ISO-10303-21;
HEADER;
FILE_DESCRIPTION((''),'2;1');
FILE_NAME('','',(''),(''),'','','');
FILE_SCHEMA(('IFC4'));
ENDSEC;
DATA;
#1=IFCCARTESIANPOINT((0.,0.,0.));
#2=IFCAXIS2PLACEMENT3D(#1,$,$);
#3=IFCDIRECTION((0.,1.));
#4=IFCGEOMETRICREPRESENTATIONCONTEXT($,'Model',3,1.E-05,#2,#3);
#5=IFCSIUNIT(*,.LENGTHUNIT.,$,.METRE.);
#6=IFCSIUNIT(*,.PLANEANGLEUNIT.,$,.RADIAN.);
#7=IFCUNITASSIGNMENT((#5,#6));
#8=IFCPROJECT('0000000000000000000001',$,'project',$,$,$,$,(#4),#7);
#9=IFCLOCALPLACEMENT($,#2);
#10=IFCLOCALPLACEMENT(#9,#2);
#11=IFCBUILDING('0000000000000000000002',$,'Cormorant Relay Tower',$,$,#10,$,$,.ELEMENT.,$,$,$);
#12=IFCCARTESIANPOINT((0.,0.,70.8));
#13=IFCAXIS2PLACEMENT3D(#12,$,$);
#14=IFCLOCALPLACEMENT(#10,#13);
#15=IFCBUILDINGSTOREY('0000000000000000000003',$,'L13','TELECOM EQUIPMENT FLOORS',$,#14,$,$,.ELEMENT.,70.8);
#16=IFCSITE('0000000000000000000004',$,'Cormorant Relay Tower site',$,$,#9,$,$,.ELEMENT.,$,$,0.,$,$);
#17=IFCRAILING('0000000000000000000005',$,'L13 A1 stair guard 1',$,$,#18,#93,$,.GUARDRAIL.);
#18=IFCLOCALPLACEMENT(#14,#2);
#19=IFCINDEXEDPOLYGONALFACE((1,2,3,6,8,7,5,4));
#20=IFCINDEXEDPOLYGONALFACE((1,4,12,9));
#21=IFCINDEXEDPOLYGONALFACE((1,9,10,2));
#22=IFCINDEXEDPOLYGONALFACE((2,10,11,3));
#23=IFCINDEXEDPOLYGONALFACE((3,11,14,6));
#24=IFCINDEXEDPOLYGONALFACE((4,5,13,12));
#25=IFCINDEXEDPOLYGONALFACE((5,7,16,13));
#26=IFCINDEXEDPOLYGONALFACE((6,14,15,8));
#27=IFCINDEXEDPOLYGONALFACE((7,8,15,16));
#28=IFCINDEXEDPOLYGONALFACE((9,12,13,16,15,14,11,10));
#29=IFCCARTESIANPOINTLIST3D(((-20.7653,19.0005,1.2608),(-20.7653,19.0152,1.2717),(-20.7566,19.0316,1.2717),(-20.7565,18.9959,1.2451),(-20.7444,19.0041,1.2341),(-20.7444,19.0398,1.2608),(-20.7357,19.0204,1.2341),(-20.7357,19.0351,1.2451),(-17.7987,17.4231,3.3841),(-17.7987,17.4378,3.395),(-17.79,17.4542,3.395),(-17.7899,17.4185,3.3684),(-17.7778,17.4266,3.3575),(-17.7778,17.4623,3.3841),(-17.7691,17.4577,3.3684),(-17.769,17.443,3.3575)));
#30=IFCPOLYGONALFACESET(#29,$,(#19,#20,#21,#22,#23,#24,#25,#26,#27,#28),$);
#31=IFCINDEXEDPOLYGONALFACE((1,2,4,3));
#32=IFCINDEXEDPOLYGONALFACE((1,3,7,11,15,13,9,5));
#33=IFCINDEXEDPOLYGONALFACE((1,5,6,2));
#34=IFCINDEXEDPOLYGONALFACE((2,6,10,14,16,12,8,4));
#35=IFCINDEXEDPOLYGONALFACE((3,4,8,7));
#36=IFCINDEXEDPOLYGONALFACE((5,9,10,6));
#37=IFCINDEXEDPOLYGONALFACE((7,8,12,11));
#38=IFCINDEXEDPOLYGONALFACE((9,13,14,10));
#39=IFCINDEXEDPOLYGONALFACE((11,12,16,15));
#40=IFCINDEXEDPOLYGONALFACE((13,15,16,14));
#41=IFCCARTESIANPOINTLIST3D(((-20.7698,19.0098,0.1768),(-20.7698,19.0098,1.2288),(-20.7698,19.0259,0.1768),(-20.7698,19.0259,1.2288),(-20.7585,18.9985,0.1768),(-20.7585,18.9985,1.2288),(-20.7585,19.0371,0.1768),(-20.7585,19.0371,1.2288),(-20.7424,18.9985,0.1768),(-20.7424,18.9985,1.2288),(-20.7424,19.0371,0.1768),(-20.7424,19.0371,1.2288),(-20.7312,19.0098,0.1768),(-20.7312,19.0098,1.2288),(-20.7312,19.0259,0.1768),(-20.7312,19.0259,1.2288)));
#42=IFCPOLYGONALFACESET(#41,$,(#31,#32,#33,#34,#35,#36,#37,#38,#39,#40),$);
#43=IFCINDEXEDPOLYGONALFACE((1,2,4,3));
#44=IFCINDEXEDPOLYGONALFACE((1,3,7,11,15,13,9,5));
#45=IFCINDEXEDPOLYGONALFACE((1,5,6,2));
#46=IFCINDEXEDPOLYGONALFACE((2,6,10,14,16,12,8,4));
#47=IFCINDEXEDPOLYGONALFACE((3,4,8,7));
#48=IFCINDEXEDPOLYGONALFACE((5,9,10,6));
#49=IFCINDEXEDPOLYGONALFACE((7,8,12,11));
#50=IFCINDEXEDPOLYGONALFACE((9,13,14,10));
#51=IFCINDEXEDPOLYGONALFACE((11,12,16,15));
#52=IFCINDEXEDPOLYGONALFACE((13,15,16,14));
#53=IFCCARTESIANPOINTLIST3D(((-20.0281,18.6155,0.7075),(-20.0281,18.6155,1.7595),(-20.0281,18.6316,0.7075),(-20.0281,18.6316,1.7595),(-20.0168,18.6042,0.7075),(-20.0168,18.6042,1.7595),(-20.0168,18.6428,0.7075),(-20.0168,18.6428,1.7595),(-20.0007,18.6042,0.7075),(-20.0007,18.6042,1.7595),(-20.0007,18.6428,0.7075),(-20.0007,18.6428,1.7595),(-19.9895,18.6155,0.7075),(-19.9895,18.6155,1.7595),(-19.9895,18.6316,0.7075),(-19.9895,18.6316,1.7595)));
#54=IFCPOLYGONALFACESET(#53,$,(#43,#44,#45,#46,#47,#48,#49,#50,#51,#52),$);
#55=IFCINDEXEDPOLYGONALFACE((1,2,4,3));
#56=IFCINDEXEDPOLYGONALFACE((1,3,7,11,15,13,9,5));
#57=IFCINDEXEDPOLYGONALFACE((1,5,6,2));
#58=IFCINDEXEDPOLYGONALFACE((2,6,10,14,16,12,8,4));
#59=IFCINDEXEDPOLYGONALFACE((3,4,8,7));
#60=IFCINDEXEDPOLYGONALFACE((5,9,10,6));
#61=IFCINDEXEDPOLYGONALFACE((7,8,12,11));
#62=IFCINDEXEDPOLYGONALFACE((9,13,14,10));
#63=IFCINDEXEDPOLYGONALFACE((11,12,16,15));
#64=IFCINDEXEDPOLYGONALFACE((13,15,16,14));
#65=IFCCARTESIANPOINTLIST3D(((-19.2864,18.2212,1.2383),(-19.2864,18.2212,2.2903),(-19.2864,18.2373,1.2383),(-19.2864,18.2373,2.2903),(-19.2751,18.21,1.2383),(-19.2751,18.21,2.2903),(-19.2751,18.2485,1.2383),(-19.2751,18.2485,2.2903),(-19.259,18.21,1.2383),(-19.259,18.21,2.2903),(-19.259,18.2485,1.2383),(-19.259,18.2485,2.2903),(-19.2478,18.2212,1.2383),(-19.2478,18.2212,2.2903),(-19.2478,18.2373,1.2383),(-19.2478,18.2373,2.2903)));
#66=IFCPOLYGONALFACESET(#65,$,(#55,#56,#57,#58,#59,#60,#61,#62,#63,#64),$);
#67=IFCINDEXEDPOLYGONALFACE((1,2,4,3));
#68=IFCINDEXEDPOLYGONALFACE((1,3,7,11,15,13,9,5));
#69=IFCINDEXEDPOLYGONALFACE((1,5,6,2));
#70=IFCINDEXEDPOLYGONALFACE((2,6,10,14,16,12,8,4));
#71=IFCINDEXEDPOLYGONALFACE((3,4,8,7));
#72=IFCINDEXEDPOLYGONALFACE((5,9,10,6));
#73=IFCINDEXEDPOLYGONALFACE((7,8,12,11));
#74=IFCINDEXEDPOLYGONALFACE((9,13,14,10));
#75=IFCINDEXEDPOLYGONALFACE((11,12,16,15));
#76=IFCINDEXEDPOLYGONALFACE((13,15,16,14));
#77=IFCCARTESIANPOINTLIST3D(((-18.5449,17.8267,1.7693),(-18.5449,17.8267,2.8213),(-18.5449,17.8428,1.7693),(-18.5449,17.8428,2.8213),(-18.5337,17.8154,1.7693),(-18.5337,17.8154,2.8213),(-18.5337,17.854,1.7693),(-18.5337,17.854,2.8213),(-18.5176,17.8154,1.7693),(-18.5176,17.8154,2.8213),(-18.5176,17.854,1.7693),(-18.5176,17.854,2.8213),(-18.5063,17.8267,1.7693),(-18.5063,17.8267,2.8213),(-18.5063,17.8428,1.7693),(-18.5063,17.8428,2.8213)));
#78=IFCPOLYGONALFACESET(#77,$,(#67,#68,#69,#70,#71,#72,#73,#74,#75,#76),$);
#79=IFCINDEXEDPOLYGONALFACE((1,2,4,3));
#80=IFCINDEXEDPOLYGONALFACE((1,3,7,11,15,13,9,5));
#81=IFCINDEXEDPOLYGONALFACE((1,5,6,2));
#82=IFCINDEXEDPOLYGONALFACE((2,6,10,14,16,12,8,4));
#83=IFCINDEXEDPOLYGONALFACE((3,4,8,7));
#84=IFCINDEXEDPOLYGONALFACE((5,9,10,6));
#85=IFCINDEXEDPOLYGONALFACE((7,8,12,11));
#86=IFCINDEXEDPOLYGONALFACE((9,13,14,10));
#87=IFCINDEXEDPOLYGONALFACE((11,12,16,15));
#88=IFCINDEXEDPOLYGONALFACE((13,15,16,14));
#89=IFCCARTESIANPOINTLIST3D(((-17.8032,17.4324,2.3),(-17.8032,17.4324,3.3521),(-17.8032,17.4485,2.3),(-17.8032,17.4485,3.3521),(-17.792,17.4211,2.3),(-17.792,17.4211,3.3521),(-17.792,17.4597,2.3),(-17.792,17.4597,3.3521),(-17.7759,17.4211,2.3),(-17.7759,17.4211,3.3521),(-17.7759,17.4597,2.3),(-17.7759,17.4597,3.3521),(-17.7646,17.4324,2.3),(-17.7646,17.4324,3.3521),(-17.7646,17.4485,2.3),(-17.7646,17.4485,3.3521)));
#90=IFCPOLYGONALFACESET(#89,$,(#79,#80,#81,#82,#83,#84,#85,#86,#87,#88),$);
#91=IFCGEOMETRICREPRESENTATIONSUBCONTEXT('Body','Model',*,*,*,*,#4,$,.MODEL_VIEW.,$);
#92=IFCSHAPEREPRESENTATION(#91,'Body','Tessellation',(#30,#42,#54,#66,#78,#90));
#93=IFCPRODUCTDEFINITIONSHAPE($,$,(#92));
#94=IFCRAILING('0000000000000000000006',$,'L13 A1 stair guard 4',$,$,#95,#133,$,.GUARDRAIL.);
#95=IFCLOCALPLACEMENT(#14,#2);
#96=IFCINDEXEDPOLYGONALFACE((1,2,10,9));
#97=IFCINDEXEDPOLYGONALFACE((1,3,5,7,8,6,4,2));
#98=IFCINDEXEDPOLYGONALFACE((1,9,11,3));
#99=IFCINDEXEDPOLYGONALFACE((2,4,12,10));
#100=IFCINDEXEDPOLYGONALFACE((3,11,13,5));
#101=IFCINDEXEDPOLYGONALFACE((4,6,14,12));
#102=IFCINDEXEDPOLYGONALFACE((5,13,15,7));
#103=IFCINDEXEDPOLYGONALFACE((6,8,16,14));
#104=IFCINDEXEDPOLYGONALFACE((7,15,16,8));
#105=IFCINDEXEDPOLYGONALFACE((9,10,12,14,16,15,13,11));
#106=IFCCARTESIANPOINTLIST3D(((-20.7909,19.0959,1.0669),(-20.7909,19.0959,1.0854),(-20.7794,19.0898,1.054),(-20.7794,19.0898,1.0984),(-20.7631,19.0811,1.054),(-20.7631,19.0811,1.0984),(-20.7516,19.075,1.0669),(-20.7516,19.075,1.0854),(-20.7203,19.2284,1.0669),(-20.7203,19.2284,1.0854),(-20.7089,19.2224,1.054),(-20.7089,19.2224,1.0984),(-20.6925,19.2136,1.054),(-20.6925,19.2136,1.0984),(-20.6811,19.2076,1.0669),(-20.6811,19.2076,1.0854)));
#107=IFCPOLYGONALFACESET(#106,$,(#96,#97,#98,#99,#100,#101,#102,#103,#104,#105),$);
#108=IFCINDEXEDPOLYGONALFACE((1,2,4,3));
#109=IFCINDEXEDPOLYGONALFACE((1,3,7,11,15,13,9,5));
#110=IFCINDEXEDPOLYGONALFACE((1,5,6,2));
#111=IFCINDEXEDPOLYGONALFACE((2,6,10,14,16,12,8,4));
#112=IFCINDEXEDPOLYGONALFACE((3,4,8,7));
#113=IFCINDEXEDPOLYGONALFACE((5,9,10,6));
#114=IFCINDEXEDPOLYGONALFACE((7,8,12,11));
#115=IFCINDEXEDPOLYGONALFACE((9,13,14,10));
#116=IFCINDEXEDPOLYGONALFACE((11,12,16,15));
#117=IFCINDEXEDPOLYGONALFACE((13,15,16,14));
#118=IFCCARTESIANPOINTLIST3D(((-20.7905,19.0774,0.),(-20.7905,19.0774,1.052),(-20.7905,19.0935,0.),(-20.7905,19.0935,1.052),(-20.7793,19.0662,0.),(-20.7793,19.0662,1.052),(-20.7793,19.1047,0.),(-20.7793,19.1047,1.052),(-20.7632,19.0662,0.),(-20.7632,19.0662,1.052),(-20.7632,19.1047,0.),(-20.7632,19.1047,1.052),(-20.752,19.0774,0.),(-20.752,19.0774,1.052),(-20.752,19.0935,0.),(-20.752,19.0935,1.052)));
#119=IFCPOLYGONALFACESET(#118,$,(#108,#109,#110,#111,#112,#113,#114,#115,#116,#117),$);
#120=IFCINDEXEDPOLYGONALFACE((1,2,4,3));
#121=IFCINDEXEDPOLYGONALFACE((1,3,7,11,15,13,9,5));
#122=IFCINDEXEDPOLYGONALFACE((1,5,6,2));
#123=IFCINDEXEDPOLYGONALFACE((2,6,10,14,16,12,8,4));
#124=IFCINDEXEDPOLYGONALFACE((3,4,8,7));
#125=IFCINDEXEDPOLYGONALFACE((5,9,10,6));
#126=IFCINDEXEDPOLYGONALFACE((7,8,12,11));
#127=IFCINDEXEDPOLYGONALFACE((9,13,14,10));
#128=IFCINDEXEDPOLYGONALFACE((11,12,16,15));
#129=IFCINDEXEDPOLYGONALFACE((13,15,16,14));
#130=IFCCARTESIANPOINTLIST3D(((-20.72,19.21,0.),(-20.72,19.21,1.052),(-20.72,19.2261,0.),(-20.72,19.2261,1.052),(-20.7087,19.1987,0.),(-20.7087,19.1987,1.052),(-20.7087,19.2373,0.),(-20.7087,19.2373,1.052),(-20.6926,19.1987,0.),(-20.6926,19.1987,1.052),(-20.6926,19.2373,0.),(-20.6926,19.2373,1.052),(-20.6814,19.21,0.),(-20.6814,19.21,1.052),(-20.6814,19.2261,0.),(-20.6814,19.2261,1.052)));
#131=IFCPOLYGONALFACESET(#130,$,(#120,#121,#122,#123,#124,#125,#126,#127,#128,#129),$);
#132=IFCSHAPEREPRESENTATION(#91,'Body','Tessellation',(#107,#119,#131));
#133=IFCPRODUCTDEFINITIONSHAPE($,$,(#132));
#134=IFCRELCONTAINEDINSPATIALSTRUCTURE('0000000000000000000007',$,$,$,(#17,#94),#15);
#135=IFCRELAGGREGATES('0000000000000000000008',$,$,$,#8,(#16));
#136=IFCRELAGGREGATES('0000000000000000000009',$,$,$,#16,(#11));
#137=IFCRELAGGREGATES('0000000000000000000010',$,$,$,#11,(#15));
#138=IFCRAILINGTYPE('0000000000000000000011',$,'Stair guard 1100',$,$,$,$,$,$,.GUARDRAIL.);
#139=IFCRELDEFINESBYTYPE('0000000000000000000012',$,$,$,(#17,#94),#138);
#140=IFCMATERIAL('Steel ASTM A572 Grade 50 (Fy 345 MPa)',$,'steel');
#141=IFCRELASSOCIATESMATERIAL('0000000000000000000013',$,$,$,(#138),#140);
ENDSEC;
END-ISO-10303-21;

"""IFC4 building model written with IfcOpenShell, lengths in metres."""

from ifc_helpers import new_model, si_unit, direction, frame, origin, place, context, subcontext, project, spatial, polyline, outline, extrude, material, type_object, element, save


model = new_model("IFC4")

# Units and contexts
model_context = context("Model", 3, precision=1e-05, world=origin(), true_north=direction((0.0, 1.0)))
body_context = subcontext(model_context, "Body", "Model", "MODEL_VIEW")
ifc_project = project(units=[si_unit("LENGTHUNIT", "METRE"), si_unit("PLANEANGLEUNIT", "RADIAN")], contexts=[model_context])

# Site, building, storey
site_placement = place(None, origin())
site = spatial("IfcSite", under=ifc_project, at=site_placement, Name="Cormorant Relay Tower site", CompositionType="ELEMENT", RefElevation=0.0)
building_placement = place(site_placement, origin())
building = spatial("IfcBuilding", under=site, at=building_placement, Name="Cormorant Relay Tower", CompositionType="ELEMENT")
storey_placement = place(building_placement, frame((0.0, 0.0, 70.8)))
storey = spatial("IfcBuildingStorey", under=building, at=storey_placement, Name="L13", Description="TELECOM EQUIPMENT FLOORS", CompositionType="ELEMENT", Elevation=70.8)

# Railings
ifc_material_1 = material(Name="Steel ASTM A572 Grade 50 (Fy 345 MPa)", Category="steel")
railing_type_1 = type_object("IfcRailingType", Name="Stair guard 1100", PredefinedType="GUARDRAIL", material=ifc_material_1)
railing_1_placement = place(storey_placement, frame((-20.7505, 19.0178, 0.1768)))
element("IfcRailing", 1, at=railing_1_placement, inside=storey, type_object=railing_type_1, Name="L13 A1 stair guard 1", PredefinedType="GUARDRAIL", context=body_context, shape_type="SweptSolid", body=[
    extrude(outline(polyline([(0.0222, 0.0093), (0.0093, 0.0222), (-0.0093, 0.0222), (-0.0222, 0.0093), (-0.0222, -0.0093), (-0.0093, -0.0222), (0.0093, -0.0222), (0.0222, -0.0093), (0.0222, 0.0093)])), frame((0.0, 0.0, 1.0762), z_axis=(0.746389, -0.396874, 0.534223), x_axis=(0.469483, 0.882942, 0.0)), (0.0, 0.0, 1.0), 3.9746),
    extrude(outline(polyline([(0.0193, 0.0081), (0.0081, 0.0193), (-0.0081, 0.0193), (-0.0193, 0.0081), (-0.0193, -0.0081), (-0.0081, -0.0193), (0.0081, -0.0193), (0.0193, -0.0081), (0.0193, 0.0081)])), origin(), (0.0, 0.0, 1.0), 1.052),
    extrude(outline(polyline([(0.0193, 0.0081), (0.0081, 0.0193), (-0.0081, 0.0193), (-0.0193, 0.0081), (-0.0193, -0.0081), (-0.0081, -0.0193), (0.0081, -0.0193), (0.0193, -0.0081), (0.0193, 0.0081)])), frame((0.7417, -0.3943, 0.5308)), (0.0, 0.0, 1.0), 1.052),
    extrude(outline(polyline([(0.0193, 0.0081), (0.0081, 0.0193), (-0.0081, 0.0193), (-0.0193, 0.0081), (-0.0193, -0.0081), (-0.0081, -0.0193), (0.0081, -0.0193), (0.0193, -0.0081), (0.0193, 0.0081)])), frame((1.4834, -0.7886, 1.0615)), (0.0, 0.0, 1.0), 1.052),
    extrude(outline(polyline([(0.0193, 0.0081), (0.0081, 0.0193), (-0.0081, 0.0193), (-0.0193, 0.0081), (-0.0193, -0.0081), (-0.0081, -0.0193), (0.0081, -0.0193), (0.0193, -0.0081), (0.0193, 0.0081)])), frame((2.2249, -1.1831, 1.5925)), (0.0, 0.0, 1.0), 1.052),
    extrude(outline(polyline([(0.0193, 0.0081), (0.0081, 0.0193), (-0.0081, 0.0193), (-0.0193, 0.0081), (-0.0193, -0.0081), (-0.0081, -0.0193), (0.0081, -0.0193), (0.0193, -0.0081), (0.0193, 0.0081)])), frame((2.9666, -1.5774, 2.1233)), (0.0, 0.0, 1.0), 1.052),
])
railing_2_placement = place(storey_placement, frame((-20.7712, 19.0854, 0.0)))
element("IfcRailing", 2, at=railing_2_placement, inside=storey, type_object=railing_type_1, Name="L13 A1 stair guard 4", PredefinedType="GUARDRAIL", context=body_context, shape_type="SweptSolid", body=[
    extrude(outline(polyline([(0.0222, 0.0093), (0.0093, 0.0222), (-0.0093, 0.0222), (-0.0222, 0.0093), (-0.0222, -0.0093), (-0.0093, -0.0222), (0.0093, -0.0222), (0.0222, -0.0093), (0.0222, 0.0093)])), frame((0.0, 0.0, 1.0762), z_axis=(0.469829, 0.882758, 0.0), x_axis=(-0.882758, 0.469829, 0.0)), (0.0, 0.0, 1.0), 0.1501),
    extrude(outline(polyline([(0.0193, 0.0081), (0.0081, 0.0193), (-0.0081, 0.0193), (-0.0193, 0.0081), (-0.0193, -0.0081), (-0.0081, -0.0193), (0.0081, -0.0193), (0.0193, -0.0081), (0.0193, 0.0081)])), origin(), (0.0, 0.0, 1.0), 1.052),
    extrude(outline(polyline([(0.0193, 0.0081), (0.0081, 0.0193), (-0.0081, 0.0193), (-0.0193, 0.0081), (-0.0193, -0.0081), (-0.0081, -0.0193), (0.0081, -0.0193), (0.0193, -0.0081), (0.0193, 0.0081)])), frame((0.0706, 0.1326, 0.0)), (0.0, 0.0, 1.0), 1.052),
])

save(model, "model.ifc")
